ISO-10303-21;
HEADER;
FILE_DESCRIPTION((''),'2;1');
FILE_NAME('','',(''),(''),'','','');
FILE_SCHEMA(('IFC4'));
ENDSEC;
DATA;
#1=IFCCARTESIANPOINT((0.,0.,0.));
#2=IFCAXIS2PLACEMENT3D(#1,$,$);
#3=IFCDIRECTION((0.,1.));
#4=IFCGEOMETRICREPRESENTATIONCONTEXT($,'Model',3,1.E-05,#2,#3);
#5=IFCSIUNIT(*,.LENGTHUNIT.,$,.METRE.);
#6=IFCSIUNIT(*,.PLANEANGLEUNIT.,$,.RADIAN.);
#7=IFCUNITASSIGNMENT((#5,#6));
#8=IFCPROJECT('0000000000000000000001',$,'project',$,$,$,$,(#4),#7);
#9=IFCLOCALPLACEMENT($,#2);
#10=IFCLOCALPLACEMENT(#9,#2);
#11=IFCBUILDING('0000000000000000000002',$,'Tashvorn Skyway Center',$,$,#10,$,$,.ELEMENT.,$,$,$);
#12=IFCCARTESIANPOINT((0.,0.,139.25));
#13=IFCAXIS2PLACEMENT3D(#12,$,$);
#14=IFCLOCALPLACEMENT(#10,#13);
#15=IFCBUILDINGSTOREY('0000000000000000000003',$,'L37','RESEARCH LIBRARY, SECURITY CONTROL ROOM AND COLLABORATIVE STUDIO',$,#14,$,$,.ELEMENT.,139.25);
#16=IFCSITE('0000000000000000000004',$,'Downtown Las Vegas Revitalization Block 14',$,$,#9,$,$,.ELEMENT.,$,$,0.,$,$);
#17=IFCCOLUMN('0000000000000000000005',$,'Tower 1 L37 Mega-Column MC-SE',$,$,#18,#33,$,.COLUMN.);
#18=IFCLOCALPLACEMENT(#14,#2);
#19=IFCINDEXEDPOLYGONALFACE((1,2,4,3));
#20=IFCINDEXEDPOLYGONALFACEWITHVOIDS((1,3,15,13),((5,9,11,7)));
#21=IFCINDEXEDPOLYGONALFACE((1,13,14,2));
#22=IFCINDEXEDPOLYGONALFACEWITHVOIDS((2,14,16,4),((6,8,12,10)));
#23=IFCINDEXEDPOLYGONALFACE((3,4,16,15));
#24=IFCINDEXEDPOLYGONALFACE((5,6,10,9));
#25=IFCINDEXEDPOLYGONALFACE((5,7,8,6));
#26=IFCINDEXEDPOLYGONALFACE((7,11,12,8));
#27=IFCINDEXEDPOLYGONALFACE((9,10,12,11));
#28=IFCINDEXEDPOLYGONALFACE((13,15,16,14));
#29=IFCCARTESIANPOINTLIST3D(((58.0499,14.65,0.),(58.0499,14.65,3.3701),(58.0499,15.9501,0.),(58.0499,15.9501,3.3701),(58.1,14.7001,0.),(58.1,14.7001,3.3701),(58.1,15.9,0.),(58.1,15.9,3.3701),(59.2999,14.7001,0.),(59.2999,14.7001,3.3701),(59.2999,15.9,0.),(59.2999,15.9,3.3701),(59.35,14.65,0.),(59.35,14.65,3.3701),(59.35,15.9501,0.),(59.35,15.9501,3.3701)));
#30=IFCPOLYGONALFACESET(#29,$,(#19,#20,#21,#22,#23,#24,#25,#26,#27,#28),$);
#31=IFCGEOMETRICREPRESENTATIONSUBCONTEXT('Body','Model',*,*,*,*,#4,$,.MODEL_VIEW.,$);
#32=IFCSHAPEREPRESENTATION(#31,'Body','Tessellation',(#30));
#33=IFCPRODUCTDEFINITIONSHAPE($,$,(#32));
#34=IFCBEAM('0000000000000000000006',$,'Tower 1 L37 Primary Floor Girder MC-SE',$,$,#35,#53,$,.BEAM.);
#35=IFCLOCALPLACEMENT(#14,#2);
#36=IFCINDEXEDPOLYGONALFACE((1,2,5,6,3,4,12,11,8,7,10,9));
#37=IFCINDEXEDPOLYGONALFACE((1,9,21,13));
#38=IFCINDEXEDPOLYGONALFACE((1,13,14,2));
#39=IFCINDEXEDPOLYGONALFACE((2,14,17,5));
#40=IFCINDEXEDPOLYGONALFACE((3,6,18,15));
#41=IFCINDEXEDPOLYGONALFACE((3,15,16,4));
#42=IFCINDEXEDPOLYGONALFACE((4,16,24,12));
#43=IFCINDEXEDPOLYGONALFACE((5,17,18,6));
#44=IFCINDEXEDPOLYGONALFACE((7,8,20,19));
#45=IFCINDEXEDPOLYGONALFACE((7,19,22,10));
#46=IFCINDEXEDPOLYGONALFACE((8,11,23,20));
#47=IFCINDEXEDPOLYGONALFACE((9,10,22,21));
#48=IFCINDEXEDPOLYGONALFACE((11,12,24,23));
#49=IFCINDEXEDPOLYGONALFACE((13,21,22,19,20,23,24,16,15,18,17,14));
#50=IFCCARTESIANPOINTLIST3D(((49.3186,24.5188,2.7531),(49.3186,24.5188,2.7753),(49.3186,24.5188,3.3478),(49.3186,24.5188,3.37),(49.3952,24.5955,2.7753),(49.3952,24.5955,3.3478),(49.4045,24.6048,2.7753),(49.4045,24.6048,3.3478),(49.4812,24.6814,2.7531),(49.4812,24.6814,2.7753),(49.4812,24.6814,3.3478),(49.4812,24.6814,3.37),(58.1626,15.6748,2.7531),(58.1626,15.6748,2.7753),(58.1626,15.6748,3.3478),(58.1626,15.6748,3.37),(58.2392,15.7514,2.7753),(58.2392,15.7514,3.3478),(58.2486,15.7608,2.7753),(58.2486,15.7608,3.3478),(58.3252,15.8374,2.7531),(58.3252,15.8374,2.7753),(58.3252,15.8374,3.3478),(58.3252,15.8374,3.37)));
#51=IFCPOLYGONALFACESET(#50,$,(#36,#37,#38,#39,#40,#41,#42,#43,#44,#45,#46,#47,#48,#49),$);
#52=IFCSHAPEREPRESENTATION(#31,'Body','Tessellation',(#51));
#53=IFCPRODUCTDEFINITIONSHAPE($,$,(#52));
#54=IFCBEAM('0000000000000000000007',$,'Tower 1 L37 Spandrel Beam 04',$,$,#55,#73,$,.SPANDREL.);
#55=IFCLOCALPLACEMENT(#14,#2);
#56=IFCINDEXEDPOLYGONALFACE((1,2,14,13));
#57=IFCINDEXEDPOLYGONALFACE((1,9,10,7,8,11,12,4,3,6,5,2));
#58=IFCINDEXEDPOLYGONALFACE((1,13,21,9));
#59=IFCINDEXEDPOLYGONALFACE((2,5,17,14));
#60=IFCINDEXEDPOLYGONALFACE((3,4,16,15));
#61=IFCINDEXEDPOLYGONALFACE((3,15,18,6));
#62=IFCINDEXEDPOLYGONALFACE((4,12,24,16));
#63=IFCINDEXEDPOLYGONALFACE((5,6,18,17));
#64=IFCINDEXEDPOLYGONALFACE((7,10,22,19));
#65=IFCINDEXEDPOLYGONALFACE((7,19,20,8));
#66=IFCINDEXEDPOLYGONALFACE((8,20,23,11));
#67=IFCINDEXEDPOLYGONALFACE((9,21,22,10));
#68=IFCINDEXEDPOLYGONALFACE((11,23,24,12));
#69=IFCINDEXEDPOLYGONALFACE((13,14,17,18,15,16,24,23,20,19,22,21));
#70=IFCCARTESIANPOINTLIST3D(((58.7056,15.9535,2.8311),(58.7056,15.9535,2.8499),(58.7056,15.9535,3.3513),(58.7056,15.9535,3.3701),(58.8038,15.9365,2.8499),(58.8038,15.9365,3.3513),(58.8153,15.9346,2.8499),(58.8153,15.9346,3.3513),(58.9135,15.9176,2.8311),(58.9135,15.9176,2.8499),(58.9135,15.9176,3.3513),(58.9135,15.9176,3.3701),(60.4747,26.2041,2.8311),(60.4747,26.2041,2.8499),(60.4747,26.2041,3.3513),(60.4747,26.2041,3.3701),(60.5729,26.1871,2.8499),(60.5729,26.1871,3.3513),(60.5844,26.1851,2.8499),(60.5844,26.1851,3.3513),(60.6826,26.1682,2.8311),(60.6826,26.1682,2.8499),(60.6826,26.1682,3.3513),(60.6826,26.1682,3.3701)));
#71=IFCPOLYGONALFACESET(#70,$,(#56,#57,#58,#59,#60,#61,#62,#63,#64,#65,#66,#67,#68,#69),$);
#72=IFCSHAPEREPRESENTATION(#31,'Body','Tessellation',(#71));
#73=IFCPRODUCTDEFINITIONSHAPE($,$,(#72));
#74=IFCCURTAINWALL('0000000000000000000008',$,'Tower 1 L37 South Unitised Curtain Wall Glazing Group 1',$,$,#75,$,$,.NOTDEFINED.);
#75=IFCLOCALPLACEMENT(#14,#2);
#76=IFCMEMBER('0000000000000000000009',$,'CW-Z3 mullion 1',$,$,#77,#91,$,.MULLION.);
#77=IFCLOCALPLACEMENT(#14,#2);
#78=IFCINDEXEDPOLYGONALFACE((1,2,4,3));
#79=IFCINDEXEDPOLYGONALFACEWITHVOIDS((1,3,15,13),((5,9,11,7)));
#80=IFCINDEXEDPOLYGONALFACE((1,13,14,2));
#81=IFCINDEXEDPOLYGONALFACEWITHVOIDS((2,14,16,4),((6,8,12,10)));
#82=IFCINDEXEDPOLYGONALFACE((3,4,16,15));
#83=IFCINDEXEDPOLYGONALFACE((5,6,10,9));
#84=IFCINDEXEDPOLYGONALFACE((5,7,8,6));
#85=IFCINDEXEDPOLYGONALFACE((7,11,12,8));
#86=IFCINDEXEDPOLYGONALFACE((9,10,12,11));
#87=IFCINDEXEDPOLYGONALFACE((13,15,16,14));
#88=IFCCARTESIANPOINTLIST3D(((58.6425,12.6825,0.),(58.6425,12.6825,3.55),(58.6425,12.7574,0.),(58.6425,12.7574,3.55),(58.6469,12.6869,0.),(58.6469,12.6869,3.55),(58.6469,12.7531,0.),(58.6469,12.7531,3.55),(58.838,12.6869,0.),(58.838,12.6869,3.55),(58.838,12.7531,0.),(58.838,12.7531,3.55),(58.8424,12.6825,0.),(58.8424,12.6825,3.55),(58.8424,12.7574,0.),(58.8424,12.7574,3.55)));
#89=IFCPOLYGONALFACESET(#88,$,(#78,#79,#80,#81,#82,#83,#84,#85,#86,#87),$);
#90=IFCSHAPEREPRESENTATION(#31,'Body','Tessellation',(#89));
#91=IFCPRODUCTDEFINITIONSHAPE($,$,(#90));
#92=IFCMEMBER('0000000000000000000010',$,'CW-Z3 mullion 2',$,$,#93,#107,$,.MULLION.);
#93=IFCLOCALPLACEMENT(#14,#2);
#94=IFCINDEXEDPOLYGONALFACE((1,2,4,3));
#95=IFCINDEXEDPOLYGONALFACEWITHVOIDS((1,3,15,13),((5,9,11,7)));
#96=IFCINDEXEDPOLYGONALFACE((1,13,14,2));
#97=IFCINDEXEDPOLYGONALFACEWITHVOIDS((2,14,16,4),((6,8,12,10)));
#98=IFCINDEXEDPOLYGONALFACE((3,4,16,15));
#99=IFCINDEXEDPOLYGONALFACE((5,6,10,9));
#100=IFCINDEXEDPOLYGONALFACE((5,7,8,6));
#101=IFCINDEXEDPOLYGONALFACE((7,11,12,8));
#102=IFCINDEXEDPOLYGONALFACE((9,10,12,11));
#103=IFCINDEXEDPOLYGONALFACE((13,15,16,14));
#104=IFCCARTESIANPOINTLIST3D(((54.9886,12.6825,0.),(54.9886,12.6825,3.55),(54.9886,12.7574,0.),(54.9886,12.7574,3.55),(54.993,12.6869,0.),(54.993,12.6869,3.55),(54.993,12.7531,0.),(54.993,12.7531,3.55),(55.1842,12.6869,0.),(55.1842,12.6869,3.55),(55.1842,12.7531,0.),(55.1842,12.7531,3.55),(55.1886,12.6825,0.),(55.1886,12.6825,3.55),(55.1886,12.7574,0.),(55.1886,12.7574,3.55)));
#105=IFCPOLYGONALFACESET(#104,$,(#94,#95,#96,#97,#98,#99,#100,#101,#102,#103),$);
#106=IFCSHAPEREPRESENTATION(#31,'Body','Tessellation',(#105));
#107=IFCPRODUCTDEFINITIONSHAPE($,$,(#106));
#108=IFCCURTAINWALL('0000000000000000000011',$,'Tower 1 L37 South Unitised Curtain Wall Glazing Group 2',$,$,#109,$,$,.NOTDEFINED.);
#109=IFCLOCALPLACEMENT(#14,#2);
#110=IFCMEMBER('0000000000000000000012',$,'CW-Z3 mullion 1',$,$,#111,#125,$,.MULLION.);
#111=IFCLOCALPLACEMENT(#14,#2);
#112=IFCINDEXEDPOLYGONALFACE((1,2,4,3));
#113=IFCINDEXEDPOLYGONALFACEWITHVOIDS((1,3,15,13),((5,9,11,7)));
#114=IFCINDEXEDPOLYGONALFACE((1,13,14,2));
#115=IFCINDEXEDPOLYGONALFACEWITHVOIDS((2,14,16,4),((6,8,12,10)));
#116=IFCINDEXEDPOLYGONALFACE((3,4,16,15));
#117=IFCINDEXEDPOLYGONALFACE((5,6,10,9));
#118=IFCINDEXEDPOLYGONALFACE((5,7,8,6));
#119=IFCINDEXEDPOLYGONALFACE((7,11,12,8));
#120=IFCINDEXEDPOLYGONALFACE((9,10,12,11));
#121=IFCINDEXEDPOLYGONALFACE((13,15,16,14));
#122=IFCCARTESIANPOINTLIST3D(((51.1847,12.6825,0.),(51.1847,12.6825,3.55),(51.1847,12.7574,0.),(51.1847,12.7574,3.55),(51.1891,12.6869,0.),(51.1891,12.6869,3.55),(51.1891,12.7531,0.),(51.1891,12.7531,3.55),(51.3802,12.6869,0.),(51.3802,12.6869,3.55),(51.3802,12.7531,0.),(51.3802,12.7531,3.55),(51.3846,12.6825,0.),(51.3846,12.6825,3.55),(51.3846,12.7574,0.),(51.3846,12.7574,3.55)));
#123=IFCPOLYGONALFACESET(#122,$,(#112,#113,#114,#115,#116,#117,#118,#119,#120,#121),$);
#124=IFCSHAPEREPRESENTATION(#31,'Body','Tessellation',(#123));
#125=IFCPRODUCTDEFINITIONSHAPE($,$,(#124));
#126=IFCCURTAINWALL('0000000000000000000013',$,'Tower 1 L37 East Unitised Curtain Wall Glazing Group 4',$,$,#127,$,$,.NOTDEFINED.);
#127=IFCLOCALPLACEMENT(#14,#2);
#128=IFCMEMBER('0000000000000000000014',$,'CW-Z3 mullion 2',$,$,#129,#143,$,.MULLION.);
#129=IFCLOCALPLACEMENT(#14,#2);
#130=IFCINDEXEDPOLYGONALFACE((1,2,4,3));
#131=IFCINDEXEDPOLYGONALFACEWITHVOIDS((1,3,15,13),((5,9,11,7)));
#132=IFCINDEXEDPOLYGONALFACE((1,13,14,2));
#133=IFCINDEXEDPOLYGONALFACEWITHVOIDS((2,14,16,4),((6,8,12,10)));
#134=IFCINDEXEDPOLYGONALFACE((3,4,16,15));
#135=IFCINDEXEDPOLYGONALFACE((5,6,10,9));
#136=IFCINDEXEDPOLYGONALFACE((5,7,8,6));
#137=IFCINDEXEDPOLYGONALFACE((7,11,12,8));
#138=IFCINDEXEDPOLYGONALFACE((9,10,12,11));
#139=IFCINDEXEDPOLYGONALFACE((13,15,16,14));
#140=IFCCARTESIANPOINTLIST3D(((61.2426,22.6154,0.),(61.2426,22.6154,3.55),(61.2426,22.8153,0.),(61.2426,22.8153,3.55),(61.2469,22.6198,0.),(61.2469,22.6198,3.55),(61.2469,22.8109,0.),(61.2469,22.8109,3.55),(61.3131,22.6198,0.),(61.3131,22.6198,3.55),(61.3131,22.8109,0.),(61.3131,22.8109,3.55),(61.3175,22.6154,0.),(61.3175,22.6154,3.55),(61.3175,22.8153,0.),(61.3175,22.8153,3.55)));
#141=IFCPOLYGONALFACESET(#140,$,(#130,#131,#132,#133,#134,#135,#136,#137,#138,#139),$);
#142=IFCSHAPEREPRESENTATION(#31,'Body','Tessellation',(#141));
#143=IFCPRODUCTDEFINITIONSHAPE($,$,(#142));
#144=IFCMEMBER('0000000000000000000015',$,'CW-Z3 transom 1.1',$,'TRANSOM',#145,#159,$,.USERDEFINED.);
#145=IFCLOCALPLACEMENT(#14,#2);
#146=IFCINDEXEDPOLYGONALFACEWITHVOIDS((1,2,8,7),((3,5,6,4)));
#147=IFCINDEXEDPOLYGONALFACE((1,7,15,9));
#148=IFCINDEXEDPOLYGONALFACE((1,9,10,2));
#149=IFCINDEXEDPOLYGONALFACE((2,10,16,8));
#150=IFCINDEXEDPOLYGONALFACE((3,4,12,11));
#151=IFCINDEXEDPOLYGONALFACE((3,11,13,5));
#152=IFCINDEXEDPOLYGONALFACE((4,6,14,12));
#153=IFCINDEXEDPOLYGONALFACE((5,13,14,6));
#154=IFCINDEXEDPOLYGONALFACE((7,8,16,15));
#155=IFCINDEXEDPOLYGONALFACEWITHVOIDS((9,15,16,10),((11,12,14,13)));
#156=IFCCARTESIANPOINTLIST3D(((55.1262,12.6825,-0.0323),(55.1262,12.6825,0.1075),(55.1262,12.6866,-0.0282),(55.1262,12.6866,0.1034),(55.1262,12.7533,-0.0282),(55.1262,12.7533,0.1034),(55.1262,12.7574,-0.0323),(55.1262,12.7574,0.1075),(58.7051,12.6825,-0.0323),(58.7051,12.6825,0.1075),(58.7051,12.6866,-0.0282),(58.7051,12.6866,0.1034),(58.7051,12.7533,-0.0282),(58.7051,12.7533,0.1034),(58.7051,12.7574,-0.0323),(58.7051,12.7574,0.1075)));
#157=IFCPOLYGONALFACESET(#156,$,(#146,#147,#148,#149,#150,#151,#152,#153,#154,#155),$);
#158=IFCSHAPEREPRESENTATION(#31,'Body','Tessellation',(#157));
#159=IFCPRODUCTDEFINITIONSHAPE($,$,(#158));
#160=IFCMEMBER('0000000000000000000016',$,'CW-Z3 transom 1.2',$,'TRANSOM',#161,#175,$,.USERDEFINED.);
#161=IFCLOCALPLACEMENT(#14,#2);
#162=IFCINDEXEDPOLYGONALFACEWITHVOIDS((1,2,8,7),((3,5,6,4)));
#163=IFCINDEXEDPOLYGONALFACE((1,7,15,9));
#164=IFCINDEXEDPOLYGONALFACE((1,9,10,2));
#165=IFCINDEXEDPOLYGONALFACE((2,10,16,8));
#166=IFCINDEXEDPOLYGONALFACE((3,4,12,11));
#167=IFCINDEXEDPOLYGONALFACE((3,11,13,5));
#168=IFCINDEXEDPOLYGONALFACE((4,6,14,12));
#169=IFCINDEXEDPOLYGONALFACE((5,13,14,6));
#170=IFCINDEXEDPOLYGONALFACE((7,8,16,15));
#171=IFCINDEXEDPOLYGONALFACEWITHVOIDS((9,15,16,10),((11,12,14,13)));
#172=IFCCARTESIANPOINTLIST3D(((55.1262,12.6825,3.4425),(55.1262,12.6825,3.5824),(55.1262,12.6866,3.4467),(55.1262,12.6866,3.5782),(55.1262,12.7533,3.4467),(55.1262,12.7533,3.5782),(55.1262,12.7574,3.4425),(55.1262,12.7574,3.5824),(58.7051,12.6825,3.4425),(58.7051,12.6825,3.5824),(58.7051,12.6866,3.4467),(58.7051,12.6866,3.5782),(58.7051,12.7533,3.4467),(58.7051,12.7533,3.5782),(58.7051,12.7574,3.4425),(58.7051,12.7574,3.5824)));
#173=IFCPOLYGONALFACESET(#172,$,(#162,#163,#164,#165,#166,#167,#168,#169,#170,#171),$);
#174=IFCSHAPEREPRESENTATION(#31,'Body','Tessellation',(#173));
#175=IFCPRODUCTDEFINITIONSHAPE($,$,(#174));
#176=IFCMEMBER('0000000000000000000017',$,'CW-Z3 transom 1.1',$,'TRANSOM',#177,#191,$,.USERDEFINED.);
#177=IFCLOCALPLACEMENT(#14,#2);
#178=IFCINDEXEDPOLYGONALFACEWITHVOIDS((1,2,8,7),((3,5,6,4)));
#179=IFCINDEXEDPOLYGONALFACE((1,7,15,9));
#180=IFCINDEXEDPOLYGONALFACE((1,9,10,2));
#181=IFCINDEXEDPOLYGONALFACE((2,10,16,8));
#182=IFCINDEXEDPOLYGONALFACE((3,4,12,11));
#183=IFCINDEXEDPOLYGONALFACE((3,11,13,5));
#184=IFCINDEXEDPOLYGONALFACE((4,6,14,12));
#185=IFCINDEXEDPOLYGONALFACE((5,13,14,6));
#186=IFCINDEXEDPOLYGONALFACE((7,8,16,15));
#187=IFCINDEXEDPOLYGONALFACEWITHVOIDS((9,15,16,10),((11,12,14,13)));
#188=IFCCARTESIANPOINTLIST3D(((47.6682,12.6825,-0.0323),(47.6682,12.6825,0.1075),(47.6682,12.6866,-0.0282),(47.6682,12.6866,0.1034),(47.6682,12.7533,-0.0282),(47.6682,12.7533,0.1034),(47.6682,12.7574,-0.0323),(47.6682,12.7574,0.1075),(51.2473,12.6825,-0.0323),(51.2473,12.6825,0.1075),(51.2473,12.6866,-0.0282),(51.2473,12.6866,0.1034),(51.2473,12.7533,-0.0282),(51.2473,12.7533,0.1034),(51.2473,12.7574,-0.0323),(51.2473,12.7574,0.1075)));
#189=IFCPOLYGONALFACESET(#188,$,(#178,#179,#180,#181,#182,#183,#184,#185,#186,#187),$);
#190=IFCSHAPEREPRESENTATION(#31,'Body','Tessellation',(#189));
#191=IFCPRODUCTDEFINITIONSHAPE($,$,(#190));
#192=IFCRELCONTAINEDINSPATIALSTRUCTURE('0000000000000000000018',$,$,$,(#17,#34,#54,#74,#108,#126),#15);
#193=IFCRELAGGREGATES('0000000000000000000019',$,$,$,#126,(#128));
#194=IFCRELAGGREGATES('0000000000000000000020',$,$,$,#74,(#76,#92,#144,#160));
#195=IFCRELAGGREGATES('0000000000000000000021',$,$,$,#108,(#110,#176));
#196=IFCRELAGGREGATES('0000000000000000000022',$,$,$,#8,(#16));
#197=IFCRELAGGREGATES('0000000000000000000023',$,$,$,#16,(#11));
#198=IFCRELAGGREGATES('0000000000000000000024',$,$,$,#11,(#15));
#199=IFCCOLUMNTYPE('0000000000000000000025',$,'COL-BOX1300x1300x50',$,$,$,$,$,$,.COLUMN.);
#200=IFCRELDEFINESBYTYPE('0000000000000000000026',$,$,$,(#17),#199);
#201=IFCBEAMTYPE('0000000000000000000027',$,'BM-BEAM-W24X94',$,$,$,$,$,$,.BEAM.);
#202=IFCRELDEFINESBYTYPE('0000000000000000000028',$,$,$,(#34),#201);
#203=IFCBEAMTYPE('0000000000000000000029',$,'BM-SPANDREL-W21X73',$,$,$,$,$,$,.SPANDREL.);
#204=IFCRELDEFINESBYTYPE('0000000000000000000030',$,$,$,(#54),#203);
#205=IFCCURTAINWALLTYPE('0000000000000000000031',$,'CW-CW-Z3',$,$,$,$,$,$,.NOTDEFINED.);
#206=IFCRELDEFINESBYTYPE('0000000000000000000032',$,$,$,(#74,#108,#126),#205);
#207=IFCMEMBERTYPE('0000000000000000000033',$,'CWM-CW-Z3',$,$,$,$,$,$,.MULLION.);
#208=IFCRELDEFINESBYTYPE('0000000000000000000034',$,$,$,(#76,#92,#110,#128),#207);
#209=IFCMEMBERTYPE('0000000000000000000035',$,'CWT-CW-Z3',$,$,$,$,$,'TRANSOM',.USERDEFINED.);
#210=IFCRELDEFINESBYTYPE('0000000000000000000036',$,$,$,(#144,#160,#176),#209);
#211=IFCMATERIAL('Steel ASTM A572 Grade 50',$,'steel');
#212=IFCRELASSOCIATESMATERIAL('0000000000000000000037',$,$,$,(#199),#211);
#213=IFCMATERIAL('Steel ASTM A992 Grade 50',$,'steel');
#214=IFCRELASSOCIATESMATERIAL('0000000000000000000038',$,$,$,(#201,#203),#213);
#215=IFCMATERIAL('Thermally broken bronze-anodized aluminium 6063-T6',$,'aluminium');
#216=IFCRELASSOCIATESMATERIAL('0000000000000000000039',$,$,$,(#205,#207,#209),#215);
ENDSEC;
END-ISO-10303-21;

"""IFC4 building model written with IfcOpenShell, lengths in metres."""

from ifc_helpers import new_model, si_unit, direction, frame, origin, origin_2d, place, context, subcontext, project, spatial, hollow_rectangle, i_section, extrude, material, material_profile, profile_set, type_object, element, aggregate, save


model = new_model("IFC4")

# Units and contexts
model_context = context("Model", 3, precision=1e-05, world=origin(), true_north=direction((0.0, 1.0)))
body_context = subcontext(model_context, "Body", "Model", "MODEL_VIEW")
ifc_project = project(units=[si_unit("LENGTHUNIT", "METRE"), si_unit("PLANEANGLEUNIT", "RADIAN")], contexts=[model_context])

# Site, building, storey
site_placement = place(None, origin())
site = spatial("IfcSite", under=ifc_project, at=site_placement, Name="Downtown Las Vegas Revitalization Block 14", CompositionType="ELEMENT", RefElevation=0.0)
building_placement = place(site_placement, origin())
building = spatial("IfcBuilding", under=site, at=building_placement, Name="Tashvorn Skyway Center", CompositionType="ELEMENT")
storey_placement = place(building_placement, frame((0.0, 0.0, 139.25)))
storey = spatial("IfcBuildingStorey", under=building, at=storey_placement, Name="L37", Description="RESEARCH LIBRARY, SECURITY CONTROL ROOM AND COLLABORATIVE STUDIO", CompositionType="ELEMENT", Elevation=139.25)

# Column
ifc_material_1 = material(Name="Steel ASTM A572 Grade 50", Category="steel")
ifc_material_profile_1 = material_profile(ifc_material_1, hollow_rectangle(XDim=1.3, YDim=1.3, WallThickness=0.05, at=origin_2d()), Name="BOX1300x1300x50")
ifc_profile_set_1 = profile_set([ifc_material_profile_1], Name="Steel ASTM A572 Grade 50")
column_type = type_object("IfcColumnType", Name="COL-BOX1300x1300x50", PredefinedType="COLUMN", material=ifc_profile_set_1)
column_placement = place(storey_placement, frame((58.7, 15.3, 0.0), z_axis=(0.0, 0.0, 1.0), x_axis=(1.0, 0.0, 0.0)))
element("IfcColumn", 1, at=column_placement, inside=storey, type_object=column_type, Name="Tower 1 L37 Mega-Column MC-SE", PredefinedType="COLUMN", context=body_context, shape_type="SweptSolid", body=[
    extrude(hollow_rectangle(XDim=1.3, YDim=1.3, WallThickness=0.05, at=origin_2d()), origin(), (0.0, 0.0, 1.0), 3.3701),
])

# Beams
ifc_material_2 = material(Name="Steel ASTM A992 Grade 50", Category="steel")
ifc_material_profile_2 = material_profile(ifc_material_2, i_section(OverallWidth=0.23, OverallDepth=0.6169, WebThickness=0.0132, FlangeThickness=0.0222, at=origin_2d()), Name="W24X94")
ifc_profile_set_2 = profile_set([ifc_material_profile_2], Name="Steel ASTM A992 Grade 50")
beam_type_1 = type_object("IfcBeamType", Name="BM-BEAM-W24X94", PredefinedType="BEAM", material=ifc_profile_set_2)
beam_1_placement = place(storey_placement, frame((58.2439, 15.7561, 3.0615), z_axis=(-0.707107, 0.707107, 0.0), x_axis=(-0.707107, -0.707107, 0.0)))
element("IfcBeam", 2, at=beam_1_placement, inside=storey, type_object=beam_type_1, Name="Tower 1 L37 Primary Floor Girder MC-SE", PredefinedType="BEAM", context=body_context, shape_type="SweptSolid", body=[
    extrude(i_section(OverallWidth=0.23, OverallDepth=0.6169, WebThickness=0.0132, FlangeThickness=0.0222, at=origin_2d()), origin(), (0.0, 0.0, 1.0), 12.5073),
])
ifc_material_profile_3 = material_profile(ifc_material_2, i_section(OverallWidth=0.2109, OverallDepth=0.5391, WebThickness=0.0117, FlangeThickness=0.0188, at=origin_2d()), Name="W21X73")
ifc_profile_set_3 = profile_set([ifc_material_profile_3], Name="Steel ASTM A992 Grade 50")
beam_type_2 = type_object("IfcBeamType", Name="BM-SPANDREL-W21X73", PredefinedType="SPANDREL", material=ifc_profile_set_3)
beam_2_placement = place(storey_placement, frame((58.8096, 15.9355, 3.1006), z_axis=(0.170067, 0.985432, 0.0), x_axis=(-0.985432, 0.170067, 0.0)))
element("IfcBeam", 3, at=beam_2_placement, inside=storey, type_object=beam_type_2, Name="Tower 1 L37 Spandrel Beam 04", PredefinedType="SPANDREL", context=body_context, shape_type="SweptSolid", body=[
    extrude(i_section(OverallWidth=0.2109, OverallDepth=0.5391, WebThickness=0.0117, FlangeThickness=0.0188, at=origin_2d()), origin(), (0.0, 0.0, 1.0), 10.4021),
])

# Curtain wall, members
ifc_material_3 = material(Name="Thermally broken bronze-anodized aluminium 6063-T6", Category="aluminium")
curtain_wall_type = type_object("IfcCurtainWallType", Name="CW-CW-Z3", PredefinedType="NOTDEFINED", material=ifc_material_3)
curtain_wall_1_placement = place(storey_placement, origin())
curtain_wall_1 = element("IfcCurtainWall", 4, at=curtain_wall_1_placement, inside=storey, type_object=curtain_wall_type, Name="Tower 1 L37 South Unitised Curtain Wall Glazing Group 1", PredefinedType="NOTDEFINED")
ifc_material_profile_4 = material_profile(ifc_material_3, hollow_rectangle(XDim=0.075, YDim=0.2, WallThickness=0.0044, at=origin_2d()), Name="ALU-MULL-75x200")
ifc_profile_set_4 = profile_set([ifc_material_profile_4], Name="Thermally broken bronze-anodized aluminium 6063-T6")
member_type_1 = type_object("IfcMemberType", Name="CWM-CW-Z3", PredefinedType="MULLION", material=ifc_profile_set_4)
member_1_placement = place(storey_placement, frame((58.7424, 12.72, 0.0), z_axis=(0.0, 0.0, 1.0), x_axis=(0.0, -1.0, 0.0)))
member_1 = element("IfcMember", 5, at=member_1_placement, type_object=member_type_1, Name="CW-Z3 mullion 1", PredefinedType="MULLION", context=body_context, shape_type="SweptSolid", body=[
    extrude(hollow_rectangle(XDim=0.075, YDim=0.2, WallThickness=0.0044, at=origin_2d()), origin(), (0.0, 0.0, 1.0), 3.55),
])
member_2_placement = place(storey_placement, frame((55.0886, 12.72, 0.0), z_axis=(0.0, 0.0, 1.0), x_axis=(0.0, -1.0, 0.0)))
member_2 = element("IfcMember", 6, at=member_2_placement, type_object=member_type_1, Name="CW-Z3 mullion 2", PredefinedType="MULLION", context=body_context, shape_type="SweptSolid", body=[
    extrude(hollow_rectangle(XDim=0.075, YDim=0.2, WallThickness=0.0044, at=origin_2d()), origin(), (0.0, 0.0, 1.0), 3.55),
])

# Curtain walls, members
curtain_wall_2_placement = place(storey_placement, origin())
curtain_wall_2 = element("IfcCurtainWall", 7, at=curtain_wall_2_placement, inside=storey, type_object=curtain_wall_type, Name="Tower 1 L37 South Unitised Curtain Wall Glazing Group 2", PredefinedType="NOTDEFINED")
member_3_placement = place(storey_placement, frame((51.2847, 12.72, 0.0), z_axis=(0.0, 0.0, 1.0), x_axis=(0.0, -1.0, 0.0)))
member_3 = element("IfcMember", 8, at=member_3_placement, type_object=member_type_1, Name="CW-Z3 mullion 1", PredefinedType="MULLION", context=body_context, shape_type="SweptSolid", body=[
    extrude(hollow_rectangle(XDim=0.075, YDim=0.2, WallThickness=0.0044, at=origin_2d()), origin(), (0.0, 0.0, 1.0), 3.55),
])
curtain_wall_3_placement = place(storey_placement, origin())
curtain_wall_3 = element("IfcCurtainWall", 9, at=curtain_wall_3_placement, inside=storey, type_object=curtain_wall_type, Name="Tower 1 L37 East Unitised Curtain Wall Glazing Group 4", PredefinedType="NOTDEFINED")
member_4_placement = place(storey_placement, frame((61.28, 22.7153, 0.0), z_axis=(0.0, 0.0, 1.0), x_axis=(1.0, 0.0, 0.0)))
member_4 = element("IfcMember", 10, at=member_4_placement, type_object=member_type_1, Name="CW-Z3 mullion 2", PredefinedType="MULLION", context=body_context, shape_type="SweptSolid", body=[
    extrude(hollow_rectangle(XDim=0.075, YDim=0.2, WallThickness=0.0044, at=origin_2d()), origin(), (0.0, 0.0, 1.0), 3.55),
])
aggregate(curtain_wall_3, [member_4])

# Members
ifc_material_profile_5 = material_profile(ifc_material_3, hollow_rectangle(XDim=0.075, YDim=0.1399, WallThickness=0.0042, at=origin_2d()), Name="ALU-TRAN-75x140")
ifc_profile_set_5 = profile_set([ifc_material_profile_5], Name="Thermally broken bronze-anodized aluminium 6063-T6")
member_type_2 = type_object("IfcMemberType", Name="CWT-CW-Z3", ElementType="TRANSOM", PredefinedType="USERDEFINED", material=ifc_profile_set_5)
member_5_placement = place(storey_placement, frame((58.7051, 12.72, 0.0376), z_axis=(-1.0, 0.0, 0.0), x_axis=(0.0, -1.0, 0.0)))
member_5 = element("IfcMember", 11, at=member_5_placement, type_object=member_type_2, Name="CW-Z3 transom 1.1", ObjectType="TRANSOM", PredefinedType="USERDEFINED", context=body_context, shape_type="SweptSolid", body=[
    extrude(hollow_rectangle(XDim=0.075, YDim=0.1399, WallThickness=0.0042, at=origin_2d()), origin(), (0.0, 0.0, 1.0), 3.5789),
])
member_6_placement = place(storey_placement, frame((58.7051, 12.72, 3.5125), z_axis=(-1.0, 0.0, 0.0), x_axis=(0.0, -1.0, 0.0)))
member_6 = element("IfcMember", 12, at=member_6_placement, type_object=member_type_2, Name="CW-Z3 transom 1.2", ObjectType="TRANSOM", PredefinedType="USERDEFINED", context=body_context, shape_type="SweptSolid", body=[
    extrude(hollow_rectangle(XDim=0.075, YDim=0.1399, WallThickness=0.0042, at=origin_2d()), origin(), (0.0, 0.0, 1.0), 3.5789),
])
member_7_placement = place(storey_placement, frame((51.2473, 12.72, 0.0376), z_axis=(-1.0, 0.0, 0.0), x_axis=(0.0, -1.0, 0.0)))
member_7 = element("IfcMember", 13, at=member_7_placement, type_object=member_type_2, Name="CW-Z3 transom 1.1", ObjectType="TRANSOM", PredefinedType="USERDEFINED", context=body_context, shape_type="SweptSolid", body=[
    extrude(hollow_rectangle(XDim=0.075, YDim=0.1399, WallThickness=0.0042, at=origin_2d()), origin(), (0.0, 0.0, 1.0), 3.5791),
])

aggregate(curtain_wall_1, [member_1, member_2, member_5, member_6])
aggregate(curtain_wall_2, [member_3, member_7])

save(model, "model.ifc")
